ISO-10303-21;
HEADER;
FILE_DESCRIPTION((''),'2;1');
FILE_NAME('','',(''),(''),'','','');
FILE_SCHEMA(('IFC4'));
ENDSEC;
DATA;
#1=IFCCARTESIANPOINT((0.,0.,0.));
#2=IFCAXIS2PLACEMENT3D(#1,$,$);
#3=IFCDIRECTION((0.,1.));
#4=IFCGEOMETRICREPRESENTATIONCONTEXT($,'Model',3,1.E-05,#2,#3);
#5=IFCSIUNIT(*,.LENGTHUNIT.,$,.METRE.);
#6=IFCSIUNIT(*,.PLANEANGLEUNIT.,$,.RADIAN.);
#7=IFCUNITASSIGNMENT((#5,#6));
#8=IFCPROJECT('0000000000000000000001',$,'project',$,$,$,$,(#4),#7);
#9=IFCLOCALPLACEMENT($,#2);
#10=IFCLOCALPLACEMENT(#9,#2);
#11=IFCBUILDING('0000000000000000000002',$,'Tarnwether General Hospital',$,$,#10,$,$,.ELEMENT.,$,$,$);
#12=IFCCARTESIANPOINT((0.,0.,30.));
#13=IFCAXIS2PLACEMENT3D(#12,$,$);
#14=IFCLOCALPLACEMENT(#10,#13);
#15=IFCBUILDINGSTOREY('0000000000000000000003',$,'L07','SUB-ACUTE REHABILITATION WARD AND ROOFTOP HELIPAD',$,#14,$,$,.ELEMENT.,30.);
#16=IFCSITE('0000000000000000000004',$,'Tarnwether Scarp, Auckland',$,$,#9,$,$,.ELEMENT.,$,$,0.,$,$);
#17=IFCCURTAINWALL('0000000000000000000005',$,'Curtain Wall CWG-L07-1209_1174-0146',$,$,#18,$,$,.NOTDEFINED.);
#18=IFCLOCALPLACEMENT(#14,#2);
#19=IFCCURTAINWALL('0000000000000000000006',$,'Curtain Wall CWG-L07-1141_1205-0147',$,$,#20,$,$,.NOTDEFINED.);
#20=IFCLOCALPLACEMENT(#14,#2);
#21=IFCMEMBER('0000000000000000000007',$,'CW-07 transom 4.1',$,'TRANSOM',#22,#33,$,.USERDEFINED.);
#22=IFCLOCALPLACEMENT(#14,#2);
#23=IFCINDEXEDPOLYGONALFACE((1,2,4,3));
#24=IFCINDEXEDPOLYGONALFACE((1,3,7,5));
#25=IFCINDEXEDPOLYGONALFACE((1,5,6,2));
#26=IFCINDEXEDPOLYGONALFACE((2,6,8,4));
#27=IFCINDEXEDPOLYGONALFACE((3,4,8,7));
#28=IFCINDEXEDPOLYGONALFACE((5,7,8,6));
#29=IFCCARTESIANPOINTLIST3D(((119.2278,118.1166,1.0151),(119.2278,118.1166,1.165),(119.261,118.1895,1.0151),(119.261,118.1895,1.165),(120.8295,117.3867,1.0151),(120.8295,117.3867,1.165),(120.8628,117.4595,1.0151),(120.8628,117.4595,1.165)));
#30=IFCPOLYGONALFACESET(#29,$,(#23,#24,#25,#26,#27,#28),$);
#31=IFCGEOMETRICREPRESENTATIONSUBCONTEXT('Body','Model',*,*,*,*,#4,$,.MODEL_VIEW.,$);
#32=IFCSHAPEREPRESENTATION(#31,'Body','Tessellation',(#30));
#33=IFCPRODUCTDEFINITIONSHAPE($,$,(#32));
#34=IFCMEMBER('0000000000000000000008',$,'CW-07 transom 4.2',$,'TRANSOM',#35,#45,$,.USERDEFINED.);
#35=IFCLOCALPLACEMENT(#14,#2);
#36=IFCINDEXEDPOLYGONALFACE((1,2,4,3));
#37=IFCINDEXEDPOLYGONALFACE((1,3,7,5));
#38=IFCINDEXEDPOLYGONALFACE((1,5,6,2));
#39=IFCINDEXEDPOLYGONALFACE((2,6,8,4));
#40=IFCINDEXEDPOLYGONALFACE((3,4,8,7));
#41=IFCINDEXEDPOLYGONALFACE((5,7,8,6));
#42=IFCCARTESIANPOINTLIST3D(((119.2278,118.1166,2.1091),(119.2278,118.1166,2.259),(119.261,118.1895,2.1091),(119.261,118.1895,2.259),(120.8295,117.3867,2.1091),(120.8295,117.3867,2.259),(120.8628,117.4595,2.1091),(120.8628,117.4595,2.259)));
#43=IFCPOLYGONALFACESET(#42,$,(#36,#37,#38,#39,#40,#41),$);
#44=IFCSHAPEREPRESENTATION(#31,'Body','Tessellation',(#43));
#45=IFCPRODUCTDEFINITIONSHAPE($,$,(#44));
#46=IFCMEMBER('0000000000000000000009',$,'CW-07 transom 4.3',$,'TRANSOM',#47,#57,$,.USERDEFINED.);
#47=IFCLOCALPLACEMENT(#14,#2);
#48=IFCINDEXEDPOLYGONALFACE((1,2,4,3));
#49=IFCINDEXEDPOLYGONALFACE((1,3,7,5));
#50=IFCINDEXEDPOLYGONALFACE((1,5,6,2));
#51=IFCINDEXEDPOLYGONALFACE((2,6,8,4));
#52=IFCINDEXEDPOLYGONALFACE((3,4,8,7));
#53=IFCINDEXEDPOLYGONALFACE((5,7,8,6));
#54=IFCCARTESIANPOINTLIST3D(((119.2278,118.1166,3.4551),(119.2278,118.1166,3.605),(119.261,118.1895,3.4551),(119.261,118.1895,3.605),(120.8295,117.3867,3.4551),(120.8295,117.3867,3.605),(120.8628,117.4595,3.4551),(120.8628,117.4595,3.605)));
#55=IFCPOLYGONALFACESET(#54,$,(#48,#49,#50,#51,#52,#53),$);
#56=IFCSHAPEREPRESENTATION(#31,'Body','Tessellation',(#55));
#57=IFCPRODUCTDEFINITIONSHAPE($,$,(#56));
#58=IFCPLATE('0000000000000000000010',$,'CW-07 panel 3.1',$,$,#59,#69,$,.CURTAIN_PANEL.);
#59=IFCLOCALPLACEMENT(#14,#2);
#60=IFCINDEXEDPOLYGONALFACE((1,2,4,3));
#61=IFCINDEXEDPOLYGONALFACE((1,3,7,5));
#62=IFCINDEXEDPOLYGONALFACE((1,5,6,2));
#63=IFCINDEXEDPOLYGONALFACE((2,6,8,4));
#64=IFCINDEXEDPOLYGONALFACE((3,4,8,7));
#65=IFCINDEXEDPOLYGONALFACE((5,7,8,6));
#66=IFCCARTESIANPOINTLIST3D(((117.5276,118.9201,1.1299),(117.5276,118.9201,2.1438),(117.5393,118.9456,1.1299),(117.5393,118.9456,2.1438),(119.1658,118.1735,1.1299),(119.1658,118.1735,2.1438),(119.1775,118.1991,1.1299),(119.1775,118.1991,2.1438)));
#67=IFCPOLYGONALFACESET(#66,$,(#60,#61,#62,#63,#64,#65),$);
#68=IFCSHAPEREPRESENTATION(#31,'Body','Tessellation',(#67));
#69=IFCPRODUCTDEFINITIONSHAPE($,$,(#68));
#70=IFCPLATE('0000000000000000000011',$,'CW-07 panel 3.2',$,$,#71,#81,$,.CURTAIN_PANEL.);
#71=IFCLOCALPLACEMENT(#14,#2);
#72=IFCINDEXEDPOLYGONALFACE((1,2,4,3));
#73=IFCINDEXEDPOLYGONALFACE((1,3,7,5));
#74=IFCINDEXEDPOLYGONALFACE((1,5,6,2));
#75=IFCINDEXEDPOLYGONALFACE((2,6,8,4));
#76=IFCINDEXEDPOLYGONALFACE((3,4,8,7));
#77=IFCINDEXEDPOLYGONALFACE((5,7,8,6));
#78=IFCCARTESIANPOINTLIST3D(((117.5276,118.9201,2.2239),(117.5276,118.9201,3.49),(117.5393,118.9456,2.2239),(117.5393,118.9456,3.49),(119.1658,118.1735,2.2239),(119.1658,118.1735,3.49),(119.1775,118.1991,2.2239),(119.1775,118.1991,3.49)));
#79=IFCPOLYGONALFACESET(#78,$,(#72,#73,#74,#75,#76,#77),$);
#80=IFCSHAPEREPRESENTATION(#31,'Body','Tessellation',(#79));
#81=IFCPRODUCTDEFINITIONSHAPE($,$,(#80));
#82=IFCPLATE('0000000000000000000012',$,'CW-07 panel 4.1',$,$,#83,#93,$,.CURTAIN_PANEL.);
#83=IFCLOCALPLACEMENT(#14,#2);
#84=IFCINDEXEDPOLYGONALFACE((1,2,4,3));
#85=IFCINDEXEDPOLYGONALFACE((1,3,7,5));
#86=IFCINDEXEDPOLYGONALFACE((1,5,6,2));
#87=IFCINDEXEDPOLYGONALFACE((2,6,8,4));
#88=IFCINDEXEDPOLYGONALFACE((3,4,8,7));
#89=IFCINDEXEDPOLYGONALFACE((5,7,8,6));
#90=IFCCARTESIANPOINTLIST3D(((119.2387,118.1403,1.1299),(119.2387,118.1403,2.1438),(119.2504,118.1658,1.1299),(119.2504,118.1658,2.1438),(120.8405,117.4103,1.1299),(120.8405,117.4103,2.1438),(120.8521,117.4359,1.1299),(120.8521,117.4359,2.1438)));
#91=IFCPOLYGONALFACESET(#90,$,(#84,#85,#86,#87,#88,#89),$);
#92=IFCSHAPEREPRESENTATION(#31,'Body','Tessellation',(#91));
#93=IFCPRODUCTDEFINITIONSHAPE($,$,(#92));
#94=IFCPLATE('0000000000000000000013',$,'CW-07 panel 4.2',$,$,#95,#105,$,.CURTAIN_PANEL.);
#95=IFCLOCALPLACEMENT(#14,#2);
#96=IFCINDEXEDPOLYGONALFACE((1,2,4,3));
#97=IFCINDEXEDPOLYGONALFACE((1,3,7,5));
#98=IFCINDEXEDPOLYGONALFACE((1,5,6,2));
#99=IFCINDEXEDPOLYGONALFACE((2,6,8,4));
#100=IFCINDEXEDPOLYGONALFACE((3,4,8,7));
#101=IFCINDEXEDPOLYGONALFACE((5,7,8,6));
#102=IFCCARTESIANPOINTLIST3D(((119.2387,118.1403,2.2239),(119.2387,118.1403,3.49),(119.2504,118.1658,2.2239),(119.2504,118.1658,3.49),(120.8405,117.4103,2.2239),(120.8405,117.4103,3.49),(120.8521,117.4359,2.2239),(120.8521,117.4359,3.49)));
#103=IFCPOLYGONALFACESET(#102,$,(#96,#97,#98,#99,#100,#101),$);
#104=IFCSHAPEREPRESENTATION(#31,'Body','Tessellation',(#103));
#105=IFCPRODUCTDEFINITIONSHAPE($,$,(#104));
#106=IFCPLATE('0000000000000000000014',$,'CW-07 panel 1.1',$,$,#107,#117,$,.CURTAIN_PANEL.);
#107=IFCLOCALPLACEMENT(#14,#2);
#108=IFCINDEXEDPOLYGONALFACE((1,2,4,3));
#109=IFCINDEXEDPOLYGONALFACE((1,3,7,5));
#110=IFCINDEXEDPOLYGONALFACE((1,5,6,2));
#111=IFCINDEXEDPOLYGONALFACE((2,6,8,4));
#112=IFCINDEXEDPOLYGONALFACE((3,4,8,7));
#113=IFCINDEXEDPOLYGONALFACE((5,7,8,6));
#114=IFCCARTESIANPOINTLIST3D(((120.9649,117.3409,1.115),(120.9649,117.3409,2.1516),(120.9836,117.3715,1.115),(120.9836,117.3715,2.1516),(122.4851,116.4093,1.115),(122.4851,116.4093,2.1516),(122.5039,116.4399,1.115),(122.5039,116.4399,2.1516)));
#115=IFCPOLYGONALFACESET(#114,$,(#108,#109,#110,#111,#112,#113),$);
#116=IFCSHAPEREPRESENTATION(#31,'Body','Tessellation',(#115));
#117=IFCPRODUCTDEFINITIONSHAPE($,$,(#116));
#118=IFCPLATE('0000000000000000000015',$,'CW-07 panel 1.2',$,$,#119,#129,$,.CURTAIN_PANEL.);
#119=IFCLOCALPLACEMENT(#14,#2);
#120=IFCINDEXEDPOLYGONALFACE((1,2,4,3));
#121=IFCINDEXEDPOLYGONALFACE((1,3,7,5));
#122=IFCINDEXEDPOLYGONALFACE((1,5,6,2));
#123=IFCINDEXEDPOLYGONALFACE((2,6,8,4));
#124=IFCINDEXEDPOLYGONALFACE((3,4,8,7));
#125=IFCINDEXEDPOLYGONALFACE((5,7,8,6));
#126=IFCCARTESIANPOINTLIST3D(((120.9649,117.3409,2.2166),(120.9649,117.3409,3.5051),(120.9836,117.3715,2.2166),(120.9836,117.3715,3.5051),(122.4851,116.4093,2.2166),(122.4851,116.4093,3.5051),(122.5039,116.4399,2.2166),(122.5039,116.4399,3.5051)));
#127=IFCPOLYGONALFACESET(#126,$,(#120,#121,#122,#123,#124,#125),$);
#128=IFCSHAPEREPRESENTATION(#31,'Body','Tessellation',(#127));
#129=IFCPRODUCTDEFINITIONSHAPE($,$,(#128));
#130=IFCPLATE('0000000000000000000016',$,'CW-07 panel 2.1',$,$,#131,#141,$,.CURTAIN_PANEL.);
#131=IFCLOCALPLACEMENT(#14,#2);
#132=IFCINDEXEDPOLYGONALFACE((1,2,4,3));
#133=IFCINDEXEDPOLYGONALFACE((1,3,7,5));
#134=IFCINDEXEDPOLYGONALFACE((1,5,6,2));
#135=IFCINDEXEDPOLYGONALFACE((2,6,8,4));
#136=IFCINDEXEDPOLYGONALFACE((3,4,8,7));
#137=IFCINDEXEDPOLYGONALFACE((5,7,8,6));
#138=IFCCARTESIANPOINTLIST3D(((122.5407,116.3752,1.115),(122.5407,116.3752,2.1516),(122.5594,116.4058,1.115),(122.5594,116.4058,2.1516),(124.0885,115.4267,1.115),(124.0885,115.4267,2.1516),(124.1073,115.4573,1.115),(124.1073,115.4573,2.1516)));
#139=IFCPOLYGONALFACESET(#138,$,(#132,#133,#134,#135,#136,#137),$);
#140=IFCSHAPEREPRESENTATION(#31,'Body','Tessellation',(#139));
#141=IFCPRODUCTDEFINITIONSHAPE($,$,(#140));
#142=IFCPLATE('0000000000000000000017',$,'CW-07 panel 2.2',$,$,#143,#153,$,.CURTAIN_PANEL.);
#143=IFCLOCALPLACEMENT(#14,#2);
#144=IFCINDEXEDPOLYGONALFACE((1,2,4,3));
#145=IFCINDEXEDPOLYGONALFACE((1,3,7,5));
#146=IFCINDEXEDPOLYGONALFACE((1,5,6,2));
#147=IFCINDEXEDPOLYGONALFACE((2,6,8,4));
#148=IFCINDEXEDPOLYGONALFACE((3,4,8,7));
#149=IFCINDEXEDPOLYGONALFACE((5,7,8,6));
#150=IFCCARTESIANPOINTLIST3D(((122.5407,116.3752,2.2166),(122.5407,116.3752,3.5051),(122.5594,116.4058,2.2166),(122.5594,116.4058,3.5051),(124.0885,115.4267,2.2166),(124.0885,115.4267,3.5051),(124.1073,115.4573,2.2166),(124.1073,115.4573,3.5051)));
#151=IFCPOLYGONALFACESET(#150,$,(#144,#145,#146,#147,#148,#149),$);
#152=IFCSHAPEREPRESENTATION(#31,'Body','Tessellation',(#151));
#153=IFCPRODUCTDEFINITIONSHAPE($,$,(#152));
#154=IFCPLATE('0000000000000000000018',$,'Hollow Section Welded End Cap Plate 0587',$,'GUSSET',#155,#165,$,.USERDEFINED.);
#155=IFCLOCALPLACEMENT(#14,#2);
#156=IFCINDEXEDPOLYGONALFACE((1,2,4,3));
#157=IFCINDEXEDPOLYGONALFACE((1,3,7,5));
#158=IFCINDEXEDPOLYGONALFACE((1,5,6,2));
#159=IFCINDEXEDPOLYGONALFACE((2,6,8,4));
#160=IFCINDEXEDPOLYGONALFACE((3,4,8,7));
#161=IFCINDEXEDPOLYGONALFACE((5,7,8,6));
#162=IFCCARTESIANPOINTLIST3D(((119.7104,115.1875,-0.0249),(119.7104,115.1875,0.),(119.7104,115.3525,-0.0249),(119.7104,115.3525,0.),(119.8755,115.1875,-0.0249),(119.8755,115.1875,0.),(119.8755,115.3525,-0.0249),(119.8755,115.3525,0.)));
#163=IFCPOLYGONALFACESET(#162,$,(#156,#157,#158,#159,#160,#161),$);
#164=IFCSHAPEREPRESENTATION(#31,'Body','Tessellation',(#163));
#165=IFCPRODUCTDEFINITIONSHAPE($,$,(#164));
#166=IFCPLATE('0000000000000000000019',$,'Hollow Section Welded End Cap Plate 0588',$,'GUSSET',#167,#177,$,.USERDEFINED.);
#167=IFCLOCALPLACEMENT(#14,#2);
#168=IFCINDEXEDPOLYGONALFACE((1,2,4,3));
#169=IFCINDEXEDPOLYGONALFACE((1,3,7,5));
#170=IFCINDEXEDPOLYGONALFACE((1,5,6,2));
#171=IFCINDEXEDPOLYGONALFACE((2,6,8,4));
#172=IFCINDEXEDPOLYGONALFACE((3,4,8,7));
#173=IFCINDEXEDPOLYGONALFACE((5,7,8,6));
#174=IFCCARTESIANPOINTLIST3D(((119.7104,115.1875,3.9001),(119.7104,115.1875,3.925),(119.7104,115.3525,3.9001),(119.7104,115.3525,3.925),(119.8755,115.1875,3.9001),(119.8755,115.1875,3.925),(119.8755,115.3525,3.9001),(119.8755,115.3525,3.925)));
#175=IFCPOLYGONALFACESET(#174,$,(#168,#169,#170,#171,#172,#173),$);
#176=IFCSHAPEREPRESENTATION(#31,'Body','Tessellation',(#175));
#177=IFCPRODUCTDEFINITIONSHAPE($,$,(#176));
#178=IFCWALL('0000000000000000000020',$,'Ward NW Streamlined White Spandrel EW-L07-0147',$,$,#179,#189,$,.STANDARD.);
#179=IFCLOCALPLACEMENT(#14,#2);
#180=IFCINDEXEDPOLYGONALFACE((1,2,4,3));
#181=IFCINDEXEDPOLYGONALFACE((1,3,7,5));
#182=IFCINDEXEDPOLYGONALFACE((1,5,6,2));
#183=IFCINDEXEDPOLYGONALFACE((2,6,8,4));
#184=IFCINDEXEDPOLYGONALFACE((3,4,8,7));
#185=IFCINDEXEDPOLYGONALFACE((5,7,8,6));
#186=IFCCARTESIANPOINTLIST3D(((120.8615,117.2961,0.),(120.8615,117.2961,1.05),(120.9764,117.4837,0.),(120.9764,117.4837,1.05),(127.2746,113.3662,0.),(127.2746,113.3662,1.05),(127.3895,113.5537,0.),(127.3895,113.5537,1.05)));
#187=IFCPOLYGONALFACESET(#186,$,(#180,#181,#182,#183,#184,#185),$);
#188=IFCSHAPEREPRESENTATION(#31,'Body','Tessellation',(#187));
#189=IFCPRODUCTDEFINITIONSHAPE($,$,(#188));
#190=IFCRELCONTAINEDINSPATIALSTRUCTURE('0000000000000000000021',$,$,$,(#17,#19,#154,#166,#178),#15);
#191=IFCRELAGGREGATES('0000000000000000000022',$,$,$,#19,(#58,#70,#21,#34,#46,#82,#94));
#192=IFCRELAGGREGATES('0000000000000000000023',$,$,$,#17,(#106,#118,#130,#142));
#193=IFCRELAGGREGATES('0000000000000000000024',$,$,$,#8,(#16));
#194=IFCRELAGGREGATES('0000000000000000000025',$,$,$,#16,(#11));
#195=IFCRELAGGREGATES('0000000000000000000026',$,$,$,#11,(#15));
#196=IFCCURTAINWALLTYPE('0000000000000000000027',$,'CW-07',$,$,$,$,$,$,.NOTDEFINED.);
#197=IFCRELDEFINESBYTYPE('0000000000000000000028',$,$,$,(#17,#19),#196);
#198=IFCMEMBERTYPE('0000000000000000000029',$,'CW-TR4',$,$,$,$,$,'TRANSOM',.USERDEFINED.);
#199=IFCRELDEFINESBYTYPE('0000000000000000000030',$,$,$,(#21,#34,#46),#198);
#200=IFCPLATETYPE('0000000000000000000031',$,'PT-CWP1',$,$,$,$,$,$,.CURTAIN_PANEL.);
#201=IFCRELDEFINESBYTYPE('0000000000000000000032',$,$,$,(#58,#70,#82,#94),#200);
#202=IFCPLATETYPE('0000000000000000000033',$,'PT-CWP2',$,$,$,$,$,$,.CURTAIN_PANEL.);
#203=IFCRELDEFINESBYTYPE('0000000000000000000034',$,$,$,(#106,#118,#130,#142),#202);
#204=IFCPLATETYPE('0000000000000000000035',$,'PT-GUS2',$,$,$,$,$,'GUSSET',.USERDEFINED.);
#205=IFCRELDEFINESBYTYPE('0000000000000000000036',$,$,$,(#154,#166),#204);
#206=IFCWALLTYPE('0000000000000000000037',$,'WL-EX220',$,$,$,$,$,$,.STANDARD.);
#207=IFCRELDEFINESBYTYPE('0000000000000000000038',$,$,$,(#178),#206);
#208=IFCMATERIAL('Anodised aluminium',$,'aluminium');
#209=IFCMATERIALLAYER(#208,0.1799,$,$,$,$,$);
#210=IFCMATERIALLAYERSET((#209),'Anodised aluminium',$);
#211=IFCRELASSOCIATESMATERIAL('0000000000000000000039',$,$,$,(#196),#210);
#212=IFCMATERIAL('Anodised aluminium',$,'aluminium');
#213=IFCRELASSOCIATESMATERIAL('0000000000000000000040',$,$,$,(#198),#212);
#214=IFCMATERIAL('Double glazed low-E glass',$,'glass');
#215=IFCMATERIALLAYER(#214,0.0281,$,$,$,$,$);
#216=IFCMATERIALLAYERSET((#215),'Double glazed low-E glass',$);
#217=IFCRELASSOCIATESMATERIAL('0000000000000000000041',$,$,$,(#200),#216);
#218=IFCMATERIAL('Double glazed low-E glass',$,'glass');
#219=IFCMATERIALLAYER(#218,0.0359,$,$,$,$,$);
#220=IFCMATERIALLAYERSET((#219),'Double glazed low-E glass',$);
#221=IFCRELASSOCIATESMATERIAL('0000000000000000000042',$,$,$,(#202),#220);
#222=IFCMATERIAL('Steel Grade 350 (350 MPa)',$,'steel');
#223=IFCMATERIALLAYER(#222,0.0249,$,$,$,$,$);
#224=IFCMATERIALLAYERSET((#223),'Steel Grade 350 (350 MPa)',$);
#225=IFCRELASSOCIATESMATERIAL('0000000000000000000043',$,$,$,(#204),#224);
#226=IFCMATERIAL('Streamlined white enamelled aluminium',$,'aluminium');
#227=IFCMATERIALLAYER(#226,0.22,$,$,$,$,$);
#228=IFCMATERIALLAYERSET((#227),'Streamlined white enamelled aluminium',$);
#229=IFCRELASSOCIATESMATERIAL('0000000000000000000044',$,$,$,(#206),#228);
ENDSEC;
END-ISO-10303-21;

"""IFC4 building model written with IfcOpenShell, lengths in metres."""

from ifc_helpers import new_model, si_unit, direction, frame, frame_2d, origin, origin_2d, place, context, subcontext, project, spatial, rectangle, extrude, material, layer, layer_set, material_profile, profile_set, type_object, element, aggregate, save


model = new_model("IFC4")

# Units and contexts
model_context = context("Model", 3, precision=1e-05, world=origin(), true_north=direction((0.0, 1.0)))
body_context = subcontext(model_context, "Body", "Model", "MODEL_VIEW")
ifc_project = project(units=[si_unit("LENGTHUNIT", "METRE"), si_unit("PLANEANGLEUNIT", "RADIAN")], contexts=[model_context])

# Site, building, storey
site_placement = place(None, origin())
site = spatial("IfcSite", under=ifc_project, at=site_placement, Name="Tarnwether Scarp, Auckland", CompositionType="ELEMENT", RefElevation=0.0)
building_placement = place(site_placement, origin())
building = spatial("IfcBuilding", under=site, at=building_placement, Name="Tarnwether General Hospital", CompositionType="ELEMENT")
storey_placement = place(building_placement, frame((0.0, 0.0, 30.0)))
storey = spatial("IfcBuildingStorey", under=building, at=storey_placement, Name="L07", Description="SUB-ACUTE REHABILITATION WARD AND ROOFTOP HELIPAD", CompositionType="ELEMENT", Elevation=30.0)

# Curtain walls
ifc_material_1 = material(Name="Anodised aluminium", Category="aluminium")
ifc_layer_1 = layer(ifc_material_1, 0.1799)
ifc_layer_set_1 = layer_set([ifc_layer_1], Name="Anodised aluminium")
curtain_wall_type = type_object("IfcCurtainWallType", Name="CW-07", PredefinedType="NOTDEFINED", material=ifc_layer_set_1)
curtain_wall_1_placement = place(storey_placement, origin())
curtain_wall_1 = element("IfcCurtainWall", 1, at=curtain_wall_1_placement, inside=storey, type_object=curtain_wall_type, Name="Curtain Wall CWG-L07-1209_1174-0146", PredefinedType="NOTDEFINED")
curtain_wall_2_placement = place(storey_placement, origin())
curtain_wall_2 = element("IfcCurtainWall", 2, at=curtain_wall_2_placement, inside=storey, type_object=curtain_wall_type, Name="Curtain Wall CWG-L07-1141_1205-0147", PredefinedType="NOTDEFINED")

# Members
ifc_material_2 = material(Name="Anodised aluminium", Category="aluminium")
ifc_material_profile_1 = material_profile(ifc_material_2, rectangle(XDim=0.0801, YDim=0.1499, at=origin_2d()), Name="ALU-TRN-80x150")
ifc_profile_set_1 = profile_set([ifc_material_profile_1], Name="Anodised aluminium")
member_type_1 = type_object("IfcMemberType", Name="CW-TR4", ElementType="TRANSOM", PredefinedType="USERDEFINED", material=ifc_profile_set_1)
member_1_placement = place(storey_placement, frame((119.2444, 118.1531, 1.0901), z_axis=(0.909962, -0.414691, 0.0), x_axis=(0.414691, 0.909962, 0.0)))
member_1 = element("IfcMember", 3, at=member_1_placement, type_object=member_type_1, Name="CW-07 transom 4.1", ObjectType="TRANSOM", PredefinedType="USERDEFINED", context=body_context, shape_type="SweptSolid", body=[
    extrude(rectangle(XDim=0.0801, YDim=0.1499, at=origin_2d()), origin(), (0.0, 0.0, 1.0), 1.7603),
])
member_2_placement = place(storey_placement, frame((119.2444, 118.1531, 2.1841), z_axis=(0.909962, -0.414691, 0.0), x_axis=(0.414691, 0.909962, 0.0)))
member_2 = element("IfcMember", 4, at=member_2_placement, type_object=member_type_1, Name="CW-07 transom 4.2", ObjectType="TRANSOM", PredefinedType="USERDEFINED", context=body_context, shape_type="SweptSolid", body=[
    extrude(rectangle(XDim=0.0801, YDim=0.1499, at=origin_2d()), origin(), (0.0, 0.0, 1.0), 1.7603),
])
member_3_placement = place(storey_placement, frame((119.2444, 118.1531, 3.53), z_axis=(0.909962, -0.414691, 0.0), x_axis=(0.414691, 0.909962, 0.0)))
member_3 = element("IfcMember", 5, at=member_3_placement, type_object=member_type_1, Name="CW-07 transom 4.3", ObjectType="TRANSOM", PredefinedType="USERDEFINED", context=body_context, shape_type="SweptSolid", body=[
    extrude(rectangle(XDim=0.0801, YDim=0.1499, at=origin_2d()), origin(), (0.0, 0.0, 1.0), 1.7603),
])

# Plates
ifc_material_3 = material(Name="Double glazed low-E glass", Category="glass")
ifc_layer_2 = layer(ifc_material_3, 0.0281)
ifc_layer_set_2 = layer_set([ifc_layer_2], Name="Double glazed low-E glass")
plate_type_1 = type_object("IfcPlateType", Name="PT-CWP1", PredefinedType="CURTAIN_PANEL", material=ifc_layer_set_2)
plate_1_placement = place(storey_placement, frame((118.3525, 118.5596, 1.1299), z_axis=(0.0, 0.0, 1.0), x_axis=(0.909961, -0.414694, 0.0)))
plate_1 = element("IfcPlate", 6, at=plate_1_placement, type_object=plate_type_1, Name="CW-07 panel 3.1", PredefinedType="CURTAIN_PANEL", context=body_context, shape_type="SweptSolid", body=[
    extrude(rectangle(XDim=1.8003, YDim=0.0281, at=origin_2d()), origin(), (0.0, 0.0, 1.0), 1.0139),
])
plate_2_placement = place(storey_placement, frame((118.3525, 118.5596, 2.2239), z_axis=(0.0, 0.0, 1.0), x_axis=(0.909961, -0.414694, 0.0)))
plate_2 = element("IfcPlate", 7, at=plate_2_placement, type_object=plate_type_1, Name="CW-07 panel 3.2", PredefinedType="CURTAIN_PANEL", context=body_context, shape_type="SweptSolid", body=[
    extrude(rectangle(XDim=1.8003, YDim=0.0281, at=origin_2d()), origin(), (0.0, 0.0, 1.0), 1.2661),
])
plate_3_placement = place(storey_placement, frame((120.0454, 117.7881, 1.1299), z_axis=(0.0, 0.0, 1.0), x_axis=(0.909961, -0.414694, 0.0)))
plate_3 = element("IfcPlate", 8, at=plate_3_placement, type_object=plate_type_1, Name="CW-07 panel 4.1", PredefinedType="CURTAIN_PANEL", context=body_context, shape_type="SweptSolid", body=[
    extrude(rectangle(XDim=1.7603, YDim=0.0281, at=origin_2d()), origin(), (0.0, 0.0, 1.0), 1.0139),
])
plate_4_placement = place(storey_placement, frame((120.0454, 117.7881, 2.2239), z_axis=(0.0, 0.0, 1.0), x_axis=(0.909961, -0.414694, 0.0)))
plate_4 = element("IfcPlate", 9, at=plate_4_placement, type_object=plate_type_1, Name="CW-07 panel 4.2", PredefinedType="CURTAIN_PANEL", context=body_context, shape_type="SweptSolid", body=[
    extrude(rectangle(XDim=1.7603, YDim=0.0281, at=origin_2d()), origin(), (0.0, 0.0, 1.0), 1.2661),
])
aggregate(curtain_wall_2, [plate_1, plate_2, member_1, member_2, member_3, plate_3, plate_4])
ifc_material_4 = material(Name="Double glazed low-E glass", Category="glass")
ifc_layer_3 = layer(ifc_material_4, 0.0359)
ifc_layer_set_3 = layer_set([ifc_layer_3], Name="Double glazed low-E glass")
plate_type_2 = type_object("IfcPlateType", Name="PT-CWP2", PredefinedType="CURTAIN_PANEL", material=ifc_layer_set_3)
plate_5_placement = place(storey_placement, frame((121.7344, 116.8904, 1.115), z_axis=(0.0, 0.0, 1.0), x_axis=(0.852634, -0.522509, 0.0)))
plate_5 = element("IfcPlate", 10, at=plate_5_placement, type_object=plate_type_2, Name="CW-07 panel 1.1", PredefinedType="CURTAIN_PANEL", context=body_context, shape_type="SweptSolid", body=[
    extrude(rectangle(XDim=1.783, YDim=0.0359, at=origin_2d()), origin(), (0.0, 0.0, 1.0), 1.0366),
])
plate_6_placement = place(storey_placement, frame((121.7344, 116.8904, 2.2166), z_axis=(0.0, 0.0, 1.0), x_axis=(0.852634, -0.522509, 0.0)))
plate_6 = element("IfcPlate", 11, at=plate_6_placement, type_object=plate_type_2, Name="CW-07 panel 1.2", PredefinedType="CURTAIN_PANEL", context=body_context, shape_type="SweptSolid", body=[
    extrude(rectangle(XDim=1.783, YDim=0.0359, at=origin_2d()), origin(), (0.0, 0.0, 1.0), 1.2886),
])
plate_7_placement = place(storey_placement, frame((123.324, 115.9163, 1.115), z_axis=(0.0, 0.0, 1.0), x_axis=(0.852634, -0.522509, 0.0)))
plate_7 = element("IfcPlate", 12, at=plate_7_placement, type_object=plate_type_2, Name="CW-07 panel 2.1", PredefinedType="CURTAIN_PANEL", context=body_context, shape_type="SweptSolid", body=[
    extrude(rectangle(XDim=1.8154, YDim=0.0359, at=origin_2d()), origin(), (0.0, 0.0, 1.0), 1.0366),
])
plate_8_placement = place(storey_placement, frame((123.324, 115.9163, 2.2166), z_axis=(0.0, 0.0, 1.0), x_axis=(0.852634, -0.522509, 0.0)))
plate_8 = element("IfcPlate", 13, at=plate_8_placement, type_object=plate_type_2, Name="CW-07 panel 2.2", PredefinedType="CURTAIN_PANEL", context=body_context, shape_type="SweptSolid", body=[
    extrude(rectangle(XDim=1.8154, YDim=0.0359, at=origin_2d()), origin(), (0.0, 0.0, 1.0), 1.2886),
])
aggregate(curtain_wall_1, [plate_5, plate_6, plate_7, plate_8])

# Plates
ifc_material_5 = material(Name="Steel Grade 350 (350 MPa)", Category="steel")
ifc_layer_4 = layer(ifc_material_5, 0.0249)
ifc_layer_set_4 = layer_set([ifc_layer_4], Name="Steel Grade 350 (350 MPa)")
plate_type_3 = type_object("IfcPlateType", Name="PT-GUS2", ElementType="GUSSET", PredefinedType="USERDEFINED", material=ifc_layer_set_4)
for number, where, z_axis, x_axis, name in (
    (14, (119.793, 115.27, -0.0249), (0.0, 0.0, 1.0), (1.0, 0.0, 0.0), "Hollow Section Welded End Cap Plate 0587"),
    (15, (119.793, 115.27, 3.9001), (0.0, 0.0, 1.0), (1.0, 0.0, 0.0), "Hollow Section Welded End Cap Plate 0588"),
):
    element("IfcPlate", number, at=place(storey_placement, frame(where, z_axis=z_axis, x_axis=x_axis)), inside=storey, type_object=plate_type_3, Name=name, ObjectType="GUSSET", PredefinedType="USERDEFINED", context=body_context, shape_type="SweptSolid", body=[
        extrude(rectangle(XDim=0.165, YDim=0.165, at=origin_2d()), origin(), (0.0, 0.0, 1.0), 0.0249),
    ])

# Wall
ifc_material_6 = material(Name="Streamlined white enamelled aluminium", Category="aluminium")
ifc_layer_5 = layer(ifc_material_6, 0.22)
ifc_layer_set_5 = layer_set([ifc_layer_5], Name="Streamlined white enamelled aluminium")
wall_type = type_object("IfcWallType", Name="WL-EX220", PredefinedType="STANDARD", material=ifc_layer_set_5)
wall_placement = place(storey_placement, frame((120.9189, 117.3899, 0.0), z_axis=(0.0, 0.0, 1.0), x_axis=(0.852641, -0.522497, 0.0)))
element("IfcWall", 16, at=wall_placement, inside=storey, type_object=wall_type, Name="Ward NW Streamlined White Spandrel EW-L07-0147", PredefinedType="STANDARD", context=body_context, shape_type="SweptSolid", body=[
    extrude(rectangle(XDim=7.5215, YDim=0.22, at=frame_2d((3.7607, 0.0))), origin(), (0.0, 0.0, 1.0), 1.05),
])

save(model, "model.ifc")
